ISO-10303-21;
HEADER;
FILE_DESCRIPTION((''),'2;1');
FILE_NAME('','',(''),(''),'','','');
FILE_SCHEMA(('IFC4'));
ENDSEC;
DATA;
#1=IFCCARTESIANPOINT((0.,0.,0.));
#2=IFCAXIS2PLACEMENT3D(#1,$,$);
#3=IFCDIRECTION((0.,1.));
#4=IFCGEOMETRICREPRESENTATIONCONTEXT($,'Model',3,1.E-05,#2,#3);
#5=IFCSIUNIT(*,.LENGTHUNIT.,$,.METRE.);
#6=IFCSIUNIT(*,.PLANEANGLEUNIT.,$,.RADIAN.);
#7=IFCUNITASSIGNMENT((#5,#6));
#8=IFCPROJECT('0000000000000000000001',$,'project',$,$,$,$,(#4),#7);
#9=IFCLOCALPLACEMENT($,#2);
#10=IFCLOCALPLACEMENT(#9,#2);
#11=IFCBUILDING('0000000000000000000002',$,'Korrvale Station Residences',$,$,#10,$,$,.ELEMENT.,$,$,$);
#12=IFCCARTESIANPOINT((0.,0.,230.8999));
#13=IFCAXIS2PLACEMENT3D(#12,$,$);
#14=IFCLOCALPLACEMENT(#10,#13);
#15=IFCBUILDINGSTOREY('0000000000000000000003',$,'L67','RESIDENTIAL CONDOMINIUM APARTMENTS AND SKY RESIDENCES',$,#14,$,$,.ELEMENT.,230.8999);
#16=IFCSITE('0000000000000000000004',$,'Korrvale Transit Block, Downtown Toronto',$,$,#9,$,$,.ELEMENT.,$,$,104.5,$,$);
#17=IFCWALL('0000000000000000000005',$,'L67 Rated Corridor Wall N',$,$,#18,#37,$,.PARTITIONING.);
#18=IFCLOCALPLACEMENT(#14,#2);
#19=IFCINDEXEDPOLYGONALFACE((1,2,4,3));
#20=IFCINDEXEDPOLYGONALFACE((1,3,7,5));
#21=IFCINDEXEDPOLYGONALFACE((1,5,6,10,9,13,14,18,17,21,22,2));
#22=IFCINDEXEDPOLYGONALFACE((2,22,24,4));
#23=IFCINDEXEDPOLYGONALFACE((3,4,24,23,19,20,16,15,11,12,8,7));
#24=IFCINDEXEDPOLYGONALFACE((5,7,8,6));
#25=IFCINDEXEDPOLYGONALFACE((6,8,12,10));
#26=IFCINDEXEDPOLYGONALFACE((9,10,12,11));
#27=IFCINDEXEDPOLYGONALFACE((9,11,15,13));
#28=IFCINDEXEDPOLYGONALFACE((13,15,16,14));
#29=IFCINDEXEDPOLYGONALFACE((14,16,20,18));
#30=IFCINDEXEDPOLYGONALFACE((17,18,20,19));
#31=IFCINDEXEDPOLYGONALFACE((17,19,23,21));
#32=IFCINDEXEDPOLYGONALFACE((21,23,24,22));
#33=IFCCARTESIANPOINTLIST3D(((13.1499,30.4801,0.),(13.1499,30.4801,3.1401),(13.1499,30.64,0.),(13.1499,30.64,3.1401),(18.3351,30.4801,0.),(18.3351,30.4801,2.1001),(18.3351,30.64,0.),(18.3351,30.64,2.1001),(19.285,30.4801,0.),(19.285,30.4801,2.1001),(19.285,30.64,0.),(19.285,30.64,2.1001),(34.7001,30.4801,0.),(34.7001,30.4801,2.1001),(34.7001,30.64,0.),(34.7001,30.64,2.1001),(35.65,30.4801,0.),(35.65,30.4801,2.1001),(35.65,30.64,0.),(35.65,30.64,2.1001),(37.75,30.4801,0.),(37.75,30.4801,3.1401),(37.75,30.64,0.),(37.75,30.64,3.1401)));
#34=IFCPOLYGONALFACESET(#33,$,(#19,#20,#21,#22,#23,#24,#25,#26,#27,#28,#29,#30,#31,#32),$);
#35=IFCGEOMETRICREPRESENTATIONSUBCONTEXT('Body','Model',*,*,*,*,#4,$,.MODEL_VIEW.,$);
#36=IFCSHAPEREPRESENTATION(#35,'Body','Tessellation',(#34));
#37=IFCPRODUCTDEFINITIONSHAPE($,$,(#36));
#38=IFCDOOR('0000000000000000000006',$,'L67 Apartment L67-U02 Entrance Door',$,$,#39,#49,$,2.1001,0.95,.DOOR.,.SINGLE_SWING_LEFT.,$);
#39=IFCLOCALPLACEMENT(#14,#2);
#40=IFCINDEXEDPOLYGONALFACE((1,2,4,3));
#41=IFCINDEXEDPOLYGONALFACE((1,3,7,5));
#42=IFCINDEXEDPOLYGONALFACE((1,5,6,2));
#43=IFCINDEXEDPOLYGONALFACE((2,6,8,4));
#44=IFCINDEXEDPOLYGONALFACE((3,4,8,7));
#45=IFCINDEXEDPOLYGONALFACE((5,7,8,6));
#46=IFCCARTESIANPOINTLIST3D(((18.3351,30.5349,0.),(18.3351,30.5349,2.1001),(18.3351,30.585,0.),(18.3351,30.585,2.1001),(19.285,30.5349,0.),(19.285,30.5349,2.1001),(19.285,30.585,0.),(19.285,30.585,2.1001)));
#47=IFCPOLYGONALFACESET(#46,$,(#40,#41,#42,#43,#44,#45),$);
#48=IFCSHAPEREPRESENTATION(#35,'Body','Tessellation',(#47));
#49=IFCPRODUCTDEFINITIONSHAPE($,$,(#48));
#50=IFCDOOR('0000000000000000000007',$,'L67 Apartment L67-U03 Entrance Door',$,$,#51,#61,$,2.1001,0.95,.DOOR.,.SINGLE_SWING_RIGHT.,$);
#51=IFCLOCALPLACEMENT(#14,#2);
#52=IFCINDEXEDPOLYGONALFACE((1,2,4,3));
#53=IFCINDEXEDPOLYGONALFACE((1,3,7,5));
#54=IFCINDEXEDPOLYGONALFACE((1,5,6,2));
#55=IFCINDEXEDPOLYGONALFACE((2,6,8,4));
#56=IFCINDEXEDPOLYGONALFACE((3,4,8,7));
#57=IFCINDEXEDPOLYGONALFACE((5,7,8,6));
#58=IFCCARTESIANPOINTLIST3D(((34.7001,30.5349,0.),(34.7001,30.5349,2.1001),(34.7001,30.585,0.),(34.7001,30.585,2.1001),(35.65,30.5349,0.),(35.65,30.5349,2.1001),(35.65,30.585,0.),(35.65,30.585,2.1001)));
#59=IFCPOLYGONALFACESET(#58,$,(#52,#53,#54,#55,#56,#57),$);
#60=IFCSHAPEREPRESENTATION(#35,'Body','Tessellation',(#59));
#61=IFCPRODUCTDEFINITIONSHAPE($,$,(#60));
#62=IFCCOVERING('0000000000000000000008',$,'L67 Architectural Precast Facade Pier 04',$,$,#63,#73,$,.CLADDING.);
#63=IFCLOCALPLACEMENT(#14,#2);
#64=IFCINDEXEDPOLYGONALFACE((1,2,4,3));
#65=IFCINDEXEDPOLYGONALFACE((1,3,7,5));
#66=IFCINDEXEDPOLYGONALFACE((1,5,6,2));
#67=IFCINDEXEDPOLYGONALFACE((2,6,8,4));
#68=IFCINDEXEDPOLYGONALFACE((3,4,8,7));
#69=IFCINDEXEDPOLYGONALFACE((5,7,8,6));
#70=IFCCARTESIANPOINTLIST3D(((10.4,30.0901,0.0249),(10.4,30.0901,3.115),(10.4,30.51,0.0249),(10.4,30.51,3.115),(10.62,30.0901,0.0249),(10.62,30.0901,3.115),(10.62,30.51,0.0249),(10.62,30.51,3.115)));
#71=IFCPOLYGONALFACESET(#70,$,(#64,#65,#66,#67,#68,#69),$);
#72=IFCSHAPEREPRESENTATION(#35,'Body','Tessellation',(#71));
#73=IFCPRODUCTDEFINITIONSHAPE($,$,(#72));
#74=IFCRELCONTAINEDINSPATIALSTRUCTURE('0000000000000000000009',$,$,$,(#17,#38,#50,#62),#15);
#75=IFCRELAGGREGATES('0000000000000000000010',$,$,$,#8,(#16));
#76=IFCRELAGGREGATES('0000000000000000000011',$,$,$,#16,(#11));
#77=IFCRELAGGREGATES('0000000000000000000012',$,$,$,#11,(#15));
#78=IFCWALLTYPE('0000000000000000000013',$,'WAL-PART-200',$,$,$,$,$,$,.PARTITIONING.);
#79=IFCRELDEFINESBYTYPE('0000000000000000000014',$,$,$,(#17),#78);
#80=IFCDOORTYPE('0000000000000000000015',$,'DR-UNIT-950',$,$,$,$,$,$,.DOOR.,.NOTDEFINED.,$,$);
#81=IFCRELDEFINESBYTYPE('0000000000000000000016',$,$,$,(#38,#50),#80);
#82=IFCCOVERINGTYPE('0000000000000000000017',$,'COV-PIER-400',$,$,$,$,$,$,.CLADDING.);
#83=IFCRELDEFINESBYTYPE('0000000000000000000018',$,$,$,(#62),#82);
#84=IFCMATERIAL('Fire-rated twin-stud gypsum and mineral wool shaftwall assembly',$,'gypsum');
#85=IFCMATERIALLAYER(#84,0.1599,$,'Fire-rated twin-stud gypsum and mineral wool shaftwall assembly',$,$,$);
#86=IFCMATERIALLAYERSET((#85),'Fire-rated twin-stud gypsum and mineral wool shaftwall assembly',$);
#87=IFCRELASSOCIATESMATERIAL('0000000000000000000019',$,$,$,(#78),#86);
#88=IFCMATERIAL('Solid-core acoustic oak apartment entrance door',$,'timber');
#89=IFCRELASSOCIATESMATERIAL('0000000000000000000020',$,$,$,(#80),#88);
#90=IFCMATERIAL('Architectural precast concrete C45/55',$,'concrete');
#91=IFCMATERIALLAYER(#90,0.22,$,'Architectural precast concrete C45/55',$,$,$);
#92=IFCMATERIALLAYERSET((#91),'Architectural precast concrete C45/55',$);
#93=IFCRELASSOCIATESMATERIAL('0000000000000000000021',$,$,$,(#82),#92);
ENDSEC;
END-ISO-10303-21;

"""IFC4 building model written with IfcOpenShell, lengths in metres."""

from ifc_helpers import new_model, si_unit, direction, frame, frame_2d, origin, origin_2d, place, context, subcontext, project, spatial, rectangle, extrude, material, layer, layer_set, type_object, element, fill, save


model = new_model("IFC4")

# Units and contexts
model_context = context("Model", 3, precision=1e-05, world=origin(), true_north=direction((0.0, 1.0)))
body_context = subcontext(model_context, "Body", "Model", "MODEL_VIEW")
ifc_project = project(units=[si_unit("LENGTHUNIT", "METRE"), si_unit("PLANEANGLEUNIT", "RADIAN")], contexts=[model_context])

# Site, building, storey
site_placement = place(None, origin())
site = spatial("IfcSite", under=ifc_project, at=site_placement, Name="Korrvale Transit Block, Downtown Toronto", CompositionType="ELEMENT", RefElevation=104.5)
building_placement = place(site_placement, origin())
building = spatial("IfcBuilding", under=site, at=building_placement, Name="Korrvale Station Residences", CompositionType="ELEMENT")
storey_placement = place(building_placement, frame((0.0, 0.0, 230.8999)))
storey = spatial("IfcBuildingStorey", under=building, at=storey_placement, Name="L67", Description="RESIDENTIAL CONDOMINIUM APARTMENTS AND SKY RESIDENCES", CompositionType="ELEMENT", Elevation=230.8999)

# Shared definitions
ifc_material_1 = material(Name="Fire-rated twin-stud gypsum and mineral wool shaftwall assembly", Category="gypsum")
ifc_layer_1 = layer(ifc_material_1, 0.1599, Name="Fire-rated twin-stud gypsum and mineral wool shaftwall assembly")
ifc_layer_set_1 = layer_set([ifc_layer_1], Name="Fire-rated twin-stud gypsum and mineral wool shaftwall assembly")
wall_type_1 = type_object("IfcWallType", Name="WAL-PART-200", PredefinedType="PARTITIONING", material=ifc_layer_set_1)

# Wall, openings, doors
wall_1_placement = place(storey_placement, frame((13.1499, 30.5601, 0.0), z_axis=(0.0, 0.0, 1.0), x_axis=(1.0, 0.0, 0.0)))
wall_1 = element("IfcWall", 1, at=wall_1_placement, inside=storey, type_object=wall_type_1, Name="L67 Rated Corridor Wall N", PredefinedType="PARTITIONING", context=body_context, shape_type="SweptSolid", body=[
    extrude(rectangle(XDim=24.6001, YDim=0.1599, at=frame_2d((12.3, 0.0))), origin(), (0.0, 0.0, 1.0), 3.1401),
])
opening_1_placement = place(wall_1_placement, frame((5.1851, 0.0, 0.0)))
opening_1 = element("IfcOpeningElement", 2, at=opening_1_placement, cuts=wall_1, PredefinedType="OPENING", context=body_context, shape_type="SweptSolid", body=[
    extrude(rectangle(XDim=0.95, YDim=2.1001, at=frame_2d((0.4751, 1.05))), frame((0.0, 0.0898, 0.0), z_axis=(0.0, -1.0, 0.0), x_axis=(1.0, 0.0, 0.0)), (0.0, 0.0, 1.0), 0.1799),
])
opening_2_placement = place(wall_1_placement, frame((21.55, 0.0, 0.0)))
opening_2 = element("IfcOpeningElement", 3, at=opening_2_placement, cuts=wall_1, PredefinedType="OPENING", context=body_context, shape_type="SweptSolid", body=[
    extrude(rectangle(XDim=0.95, YDim=2.1001, at=frame_2d((0.4751, 1.05))), frame((0.0, 0.0898, 0.0), z_axis=(0.0, -1.0, 0.0), x_axis=(1.0, 0.0, 0.0)), (0.0, 0.0, 1.0), 0.1799),
])
ifc_material_2 = material(Name="Solid-core acoustic oak apartment entrance door", Category="timber")
door_type = type_object("IfcDoorType", Name="DR-UNIT-950", OperationType="NOTDEFINED", PredefinedType="DOOR", material=ifc_material_2)
door_1_placement = place(opening_1_placement, origin())
door_1 = element("IfcDoor", 4, at=door_1_placement, inside=storey, type_object=door_type, Name="L67 Apartment L67-U02 Entrance Door", OperationType="SINGLE_SWING_LEFT", OverallHeight=2.1001, OverallWidth=0.95, PredefinedType="DOOR", context=body_context, shape_type="SweptSolid", body=[
    extrude(rectangle(XDim=0.95, YDim=2.1001, at=frame_2d((0.4751, 1.05))), frame((0.0, 0.0249, 0.0), z_axis=(0.0, -1.0, 0.0), x_axis=(1.0, 0.0, 0.0)), (0.0, 0.0, 1.0), 0.05),
])
fill(opening_1, door_1)
door_2_placement = place(opening_2_placement, origin())
door_2 = element("IfcDoor", 5, at=door_2_placement, inside=storey, type_object=door_type, Name="L67 Apartment L67-U03 Entrance Door", OperationType="SINGLE_SWING_RIGHT", OverallHeight=2.1001, OverallWidth=0.95, PredefinedType="DOOR", context=body_context, shape_type="SweptSolid", body=[
    extrude(rectangle(XDim=0.95, YDim=2.1001, at=frame_2d((0.4751, 1.05))), frame((0.0, 0.0249, 0.0), z_axis=(0.0, -1.0, 0.0), x_axis=(1.0, 0.0, 0.0)), (0.0, 0.0, 1.0), 0.05),
])
fill(opening_2, door_2)

# Covering
ifc_material_3 = material(Name="Architectural precast concrete C45/55", Category="concrete")
ifc_layer_2 = layer(ifc_material_3, 0.22, Name="Architectural precast concrete C45/55")
ifc_layer_set_2 = layer_set([ifc_layer_2], Name="Architectural precast concrete C45/55")
covering_type = type_object("IfcCoveringType", Name="COV-PIER-400", PredefinedType="CLADDING", material=ifc_layer_set_2)
covering_placement = place(storey_placement, frame((10.51, 30.3, 0.0249), z_axis=(0.0, 0.0, 1.0), x_axis=(0.0, 1.0, 0.0)))
element("IfcCovering", 6, at=covering_placement, inside=storey, type_object=covering_type, Name="L67 Architectural Precast Facade Pier 04", PredefinedType="CLADDING", context=body_context, shape_type="SweptSolid", body=[
    extrude(rectangle(XDim=0.4199, YDim=0.22, at=origin_2d()), origin(), (0.0, 0.0, 1.0), 3.0901),
])

save(model, "model.ifc")
